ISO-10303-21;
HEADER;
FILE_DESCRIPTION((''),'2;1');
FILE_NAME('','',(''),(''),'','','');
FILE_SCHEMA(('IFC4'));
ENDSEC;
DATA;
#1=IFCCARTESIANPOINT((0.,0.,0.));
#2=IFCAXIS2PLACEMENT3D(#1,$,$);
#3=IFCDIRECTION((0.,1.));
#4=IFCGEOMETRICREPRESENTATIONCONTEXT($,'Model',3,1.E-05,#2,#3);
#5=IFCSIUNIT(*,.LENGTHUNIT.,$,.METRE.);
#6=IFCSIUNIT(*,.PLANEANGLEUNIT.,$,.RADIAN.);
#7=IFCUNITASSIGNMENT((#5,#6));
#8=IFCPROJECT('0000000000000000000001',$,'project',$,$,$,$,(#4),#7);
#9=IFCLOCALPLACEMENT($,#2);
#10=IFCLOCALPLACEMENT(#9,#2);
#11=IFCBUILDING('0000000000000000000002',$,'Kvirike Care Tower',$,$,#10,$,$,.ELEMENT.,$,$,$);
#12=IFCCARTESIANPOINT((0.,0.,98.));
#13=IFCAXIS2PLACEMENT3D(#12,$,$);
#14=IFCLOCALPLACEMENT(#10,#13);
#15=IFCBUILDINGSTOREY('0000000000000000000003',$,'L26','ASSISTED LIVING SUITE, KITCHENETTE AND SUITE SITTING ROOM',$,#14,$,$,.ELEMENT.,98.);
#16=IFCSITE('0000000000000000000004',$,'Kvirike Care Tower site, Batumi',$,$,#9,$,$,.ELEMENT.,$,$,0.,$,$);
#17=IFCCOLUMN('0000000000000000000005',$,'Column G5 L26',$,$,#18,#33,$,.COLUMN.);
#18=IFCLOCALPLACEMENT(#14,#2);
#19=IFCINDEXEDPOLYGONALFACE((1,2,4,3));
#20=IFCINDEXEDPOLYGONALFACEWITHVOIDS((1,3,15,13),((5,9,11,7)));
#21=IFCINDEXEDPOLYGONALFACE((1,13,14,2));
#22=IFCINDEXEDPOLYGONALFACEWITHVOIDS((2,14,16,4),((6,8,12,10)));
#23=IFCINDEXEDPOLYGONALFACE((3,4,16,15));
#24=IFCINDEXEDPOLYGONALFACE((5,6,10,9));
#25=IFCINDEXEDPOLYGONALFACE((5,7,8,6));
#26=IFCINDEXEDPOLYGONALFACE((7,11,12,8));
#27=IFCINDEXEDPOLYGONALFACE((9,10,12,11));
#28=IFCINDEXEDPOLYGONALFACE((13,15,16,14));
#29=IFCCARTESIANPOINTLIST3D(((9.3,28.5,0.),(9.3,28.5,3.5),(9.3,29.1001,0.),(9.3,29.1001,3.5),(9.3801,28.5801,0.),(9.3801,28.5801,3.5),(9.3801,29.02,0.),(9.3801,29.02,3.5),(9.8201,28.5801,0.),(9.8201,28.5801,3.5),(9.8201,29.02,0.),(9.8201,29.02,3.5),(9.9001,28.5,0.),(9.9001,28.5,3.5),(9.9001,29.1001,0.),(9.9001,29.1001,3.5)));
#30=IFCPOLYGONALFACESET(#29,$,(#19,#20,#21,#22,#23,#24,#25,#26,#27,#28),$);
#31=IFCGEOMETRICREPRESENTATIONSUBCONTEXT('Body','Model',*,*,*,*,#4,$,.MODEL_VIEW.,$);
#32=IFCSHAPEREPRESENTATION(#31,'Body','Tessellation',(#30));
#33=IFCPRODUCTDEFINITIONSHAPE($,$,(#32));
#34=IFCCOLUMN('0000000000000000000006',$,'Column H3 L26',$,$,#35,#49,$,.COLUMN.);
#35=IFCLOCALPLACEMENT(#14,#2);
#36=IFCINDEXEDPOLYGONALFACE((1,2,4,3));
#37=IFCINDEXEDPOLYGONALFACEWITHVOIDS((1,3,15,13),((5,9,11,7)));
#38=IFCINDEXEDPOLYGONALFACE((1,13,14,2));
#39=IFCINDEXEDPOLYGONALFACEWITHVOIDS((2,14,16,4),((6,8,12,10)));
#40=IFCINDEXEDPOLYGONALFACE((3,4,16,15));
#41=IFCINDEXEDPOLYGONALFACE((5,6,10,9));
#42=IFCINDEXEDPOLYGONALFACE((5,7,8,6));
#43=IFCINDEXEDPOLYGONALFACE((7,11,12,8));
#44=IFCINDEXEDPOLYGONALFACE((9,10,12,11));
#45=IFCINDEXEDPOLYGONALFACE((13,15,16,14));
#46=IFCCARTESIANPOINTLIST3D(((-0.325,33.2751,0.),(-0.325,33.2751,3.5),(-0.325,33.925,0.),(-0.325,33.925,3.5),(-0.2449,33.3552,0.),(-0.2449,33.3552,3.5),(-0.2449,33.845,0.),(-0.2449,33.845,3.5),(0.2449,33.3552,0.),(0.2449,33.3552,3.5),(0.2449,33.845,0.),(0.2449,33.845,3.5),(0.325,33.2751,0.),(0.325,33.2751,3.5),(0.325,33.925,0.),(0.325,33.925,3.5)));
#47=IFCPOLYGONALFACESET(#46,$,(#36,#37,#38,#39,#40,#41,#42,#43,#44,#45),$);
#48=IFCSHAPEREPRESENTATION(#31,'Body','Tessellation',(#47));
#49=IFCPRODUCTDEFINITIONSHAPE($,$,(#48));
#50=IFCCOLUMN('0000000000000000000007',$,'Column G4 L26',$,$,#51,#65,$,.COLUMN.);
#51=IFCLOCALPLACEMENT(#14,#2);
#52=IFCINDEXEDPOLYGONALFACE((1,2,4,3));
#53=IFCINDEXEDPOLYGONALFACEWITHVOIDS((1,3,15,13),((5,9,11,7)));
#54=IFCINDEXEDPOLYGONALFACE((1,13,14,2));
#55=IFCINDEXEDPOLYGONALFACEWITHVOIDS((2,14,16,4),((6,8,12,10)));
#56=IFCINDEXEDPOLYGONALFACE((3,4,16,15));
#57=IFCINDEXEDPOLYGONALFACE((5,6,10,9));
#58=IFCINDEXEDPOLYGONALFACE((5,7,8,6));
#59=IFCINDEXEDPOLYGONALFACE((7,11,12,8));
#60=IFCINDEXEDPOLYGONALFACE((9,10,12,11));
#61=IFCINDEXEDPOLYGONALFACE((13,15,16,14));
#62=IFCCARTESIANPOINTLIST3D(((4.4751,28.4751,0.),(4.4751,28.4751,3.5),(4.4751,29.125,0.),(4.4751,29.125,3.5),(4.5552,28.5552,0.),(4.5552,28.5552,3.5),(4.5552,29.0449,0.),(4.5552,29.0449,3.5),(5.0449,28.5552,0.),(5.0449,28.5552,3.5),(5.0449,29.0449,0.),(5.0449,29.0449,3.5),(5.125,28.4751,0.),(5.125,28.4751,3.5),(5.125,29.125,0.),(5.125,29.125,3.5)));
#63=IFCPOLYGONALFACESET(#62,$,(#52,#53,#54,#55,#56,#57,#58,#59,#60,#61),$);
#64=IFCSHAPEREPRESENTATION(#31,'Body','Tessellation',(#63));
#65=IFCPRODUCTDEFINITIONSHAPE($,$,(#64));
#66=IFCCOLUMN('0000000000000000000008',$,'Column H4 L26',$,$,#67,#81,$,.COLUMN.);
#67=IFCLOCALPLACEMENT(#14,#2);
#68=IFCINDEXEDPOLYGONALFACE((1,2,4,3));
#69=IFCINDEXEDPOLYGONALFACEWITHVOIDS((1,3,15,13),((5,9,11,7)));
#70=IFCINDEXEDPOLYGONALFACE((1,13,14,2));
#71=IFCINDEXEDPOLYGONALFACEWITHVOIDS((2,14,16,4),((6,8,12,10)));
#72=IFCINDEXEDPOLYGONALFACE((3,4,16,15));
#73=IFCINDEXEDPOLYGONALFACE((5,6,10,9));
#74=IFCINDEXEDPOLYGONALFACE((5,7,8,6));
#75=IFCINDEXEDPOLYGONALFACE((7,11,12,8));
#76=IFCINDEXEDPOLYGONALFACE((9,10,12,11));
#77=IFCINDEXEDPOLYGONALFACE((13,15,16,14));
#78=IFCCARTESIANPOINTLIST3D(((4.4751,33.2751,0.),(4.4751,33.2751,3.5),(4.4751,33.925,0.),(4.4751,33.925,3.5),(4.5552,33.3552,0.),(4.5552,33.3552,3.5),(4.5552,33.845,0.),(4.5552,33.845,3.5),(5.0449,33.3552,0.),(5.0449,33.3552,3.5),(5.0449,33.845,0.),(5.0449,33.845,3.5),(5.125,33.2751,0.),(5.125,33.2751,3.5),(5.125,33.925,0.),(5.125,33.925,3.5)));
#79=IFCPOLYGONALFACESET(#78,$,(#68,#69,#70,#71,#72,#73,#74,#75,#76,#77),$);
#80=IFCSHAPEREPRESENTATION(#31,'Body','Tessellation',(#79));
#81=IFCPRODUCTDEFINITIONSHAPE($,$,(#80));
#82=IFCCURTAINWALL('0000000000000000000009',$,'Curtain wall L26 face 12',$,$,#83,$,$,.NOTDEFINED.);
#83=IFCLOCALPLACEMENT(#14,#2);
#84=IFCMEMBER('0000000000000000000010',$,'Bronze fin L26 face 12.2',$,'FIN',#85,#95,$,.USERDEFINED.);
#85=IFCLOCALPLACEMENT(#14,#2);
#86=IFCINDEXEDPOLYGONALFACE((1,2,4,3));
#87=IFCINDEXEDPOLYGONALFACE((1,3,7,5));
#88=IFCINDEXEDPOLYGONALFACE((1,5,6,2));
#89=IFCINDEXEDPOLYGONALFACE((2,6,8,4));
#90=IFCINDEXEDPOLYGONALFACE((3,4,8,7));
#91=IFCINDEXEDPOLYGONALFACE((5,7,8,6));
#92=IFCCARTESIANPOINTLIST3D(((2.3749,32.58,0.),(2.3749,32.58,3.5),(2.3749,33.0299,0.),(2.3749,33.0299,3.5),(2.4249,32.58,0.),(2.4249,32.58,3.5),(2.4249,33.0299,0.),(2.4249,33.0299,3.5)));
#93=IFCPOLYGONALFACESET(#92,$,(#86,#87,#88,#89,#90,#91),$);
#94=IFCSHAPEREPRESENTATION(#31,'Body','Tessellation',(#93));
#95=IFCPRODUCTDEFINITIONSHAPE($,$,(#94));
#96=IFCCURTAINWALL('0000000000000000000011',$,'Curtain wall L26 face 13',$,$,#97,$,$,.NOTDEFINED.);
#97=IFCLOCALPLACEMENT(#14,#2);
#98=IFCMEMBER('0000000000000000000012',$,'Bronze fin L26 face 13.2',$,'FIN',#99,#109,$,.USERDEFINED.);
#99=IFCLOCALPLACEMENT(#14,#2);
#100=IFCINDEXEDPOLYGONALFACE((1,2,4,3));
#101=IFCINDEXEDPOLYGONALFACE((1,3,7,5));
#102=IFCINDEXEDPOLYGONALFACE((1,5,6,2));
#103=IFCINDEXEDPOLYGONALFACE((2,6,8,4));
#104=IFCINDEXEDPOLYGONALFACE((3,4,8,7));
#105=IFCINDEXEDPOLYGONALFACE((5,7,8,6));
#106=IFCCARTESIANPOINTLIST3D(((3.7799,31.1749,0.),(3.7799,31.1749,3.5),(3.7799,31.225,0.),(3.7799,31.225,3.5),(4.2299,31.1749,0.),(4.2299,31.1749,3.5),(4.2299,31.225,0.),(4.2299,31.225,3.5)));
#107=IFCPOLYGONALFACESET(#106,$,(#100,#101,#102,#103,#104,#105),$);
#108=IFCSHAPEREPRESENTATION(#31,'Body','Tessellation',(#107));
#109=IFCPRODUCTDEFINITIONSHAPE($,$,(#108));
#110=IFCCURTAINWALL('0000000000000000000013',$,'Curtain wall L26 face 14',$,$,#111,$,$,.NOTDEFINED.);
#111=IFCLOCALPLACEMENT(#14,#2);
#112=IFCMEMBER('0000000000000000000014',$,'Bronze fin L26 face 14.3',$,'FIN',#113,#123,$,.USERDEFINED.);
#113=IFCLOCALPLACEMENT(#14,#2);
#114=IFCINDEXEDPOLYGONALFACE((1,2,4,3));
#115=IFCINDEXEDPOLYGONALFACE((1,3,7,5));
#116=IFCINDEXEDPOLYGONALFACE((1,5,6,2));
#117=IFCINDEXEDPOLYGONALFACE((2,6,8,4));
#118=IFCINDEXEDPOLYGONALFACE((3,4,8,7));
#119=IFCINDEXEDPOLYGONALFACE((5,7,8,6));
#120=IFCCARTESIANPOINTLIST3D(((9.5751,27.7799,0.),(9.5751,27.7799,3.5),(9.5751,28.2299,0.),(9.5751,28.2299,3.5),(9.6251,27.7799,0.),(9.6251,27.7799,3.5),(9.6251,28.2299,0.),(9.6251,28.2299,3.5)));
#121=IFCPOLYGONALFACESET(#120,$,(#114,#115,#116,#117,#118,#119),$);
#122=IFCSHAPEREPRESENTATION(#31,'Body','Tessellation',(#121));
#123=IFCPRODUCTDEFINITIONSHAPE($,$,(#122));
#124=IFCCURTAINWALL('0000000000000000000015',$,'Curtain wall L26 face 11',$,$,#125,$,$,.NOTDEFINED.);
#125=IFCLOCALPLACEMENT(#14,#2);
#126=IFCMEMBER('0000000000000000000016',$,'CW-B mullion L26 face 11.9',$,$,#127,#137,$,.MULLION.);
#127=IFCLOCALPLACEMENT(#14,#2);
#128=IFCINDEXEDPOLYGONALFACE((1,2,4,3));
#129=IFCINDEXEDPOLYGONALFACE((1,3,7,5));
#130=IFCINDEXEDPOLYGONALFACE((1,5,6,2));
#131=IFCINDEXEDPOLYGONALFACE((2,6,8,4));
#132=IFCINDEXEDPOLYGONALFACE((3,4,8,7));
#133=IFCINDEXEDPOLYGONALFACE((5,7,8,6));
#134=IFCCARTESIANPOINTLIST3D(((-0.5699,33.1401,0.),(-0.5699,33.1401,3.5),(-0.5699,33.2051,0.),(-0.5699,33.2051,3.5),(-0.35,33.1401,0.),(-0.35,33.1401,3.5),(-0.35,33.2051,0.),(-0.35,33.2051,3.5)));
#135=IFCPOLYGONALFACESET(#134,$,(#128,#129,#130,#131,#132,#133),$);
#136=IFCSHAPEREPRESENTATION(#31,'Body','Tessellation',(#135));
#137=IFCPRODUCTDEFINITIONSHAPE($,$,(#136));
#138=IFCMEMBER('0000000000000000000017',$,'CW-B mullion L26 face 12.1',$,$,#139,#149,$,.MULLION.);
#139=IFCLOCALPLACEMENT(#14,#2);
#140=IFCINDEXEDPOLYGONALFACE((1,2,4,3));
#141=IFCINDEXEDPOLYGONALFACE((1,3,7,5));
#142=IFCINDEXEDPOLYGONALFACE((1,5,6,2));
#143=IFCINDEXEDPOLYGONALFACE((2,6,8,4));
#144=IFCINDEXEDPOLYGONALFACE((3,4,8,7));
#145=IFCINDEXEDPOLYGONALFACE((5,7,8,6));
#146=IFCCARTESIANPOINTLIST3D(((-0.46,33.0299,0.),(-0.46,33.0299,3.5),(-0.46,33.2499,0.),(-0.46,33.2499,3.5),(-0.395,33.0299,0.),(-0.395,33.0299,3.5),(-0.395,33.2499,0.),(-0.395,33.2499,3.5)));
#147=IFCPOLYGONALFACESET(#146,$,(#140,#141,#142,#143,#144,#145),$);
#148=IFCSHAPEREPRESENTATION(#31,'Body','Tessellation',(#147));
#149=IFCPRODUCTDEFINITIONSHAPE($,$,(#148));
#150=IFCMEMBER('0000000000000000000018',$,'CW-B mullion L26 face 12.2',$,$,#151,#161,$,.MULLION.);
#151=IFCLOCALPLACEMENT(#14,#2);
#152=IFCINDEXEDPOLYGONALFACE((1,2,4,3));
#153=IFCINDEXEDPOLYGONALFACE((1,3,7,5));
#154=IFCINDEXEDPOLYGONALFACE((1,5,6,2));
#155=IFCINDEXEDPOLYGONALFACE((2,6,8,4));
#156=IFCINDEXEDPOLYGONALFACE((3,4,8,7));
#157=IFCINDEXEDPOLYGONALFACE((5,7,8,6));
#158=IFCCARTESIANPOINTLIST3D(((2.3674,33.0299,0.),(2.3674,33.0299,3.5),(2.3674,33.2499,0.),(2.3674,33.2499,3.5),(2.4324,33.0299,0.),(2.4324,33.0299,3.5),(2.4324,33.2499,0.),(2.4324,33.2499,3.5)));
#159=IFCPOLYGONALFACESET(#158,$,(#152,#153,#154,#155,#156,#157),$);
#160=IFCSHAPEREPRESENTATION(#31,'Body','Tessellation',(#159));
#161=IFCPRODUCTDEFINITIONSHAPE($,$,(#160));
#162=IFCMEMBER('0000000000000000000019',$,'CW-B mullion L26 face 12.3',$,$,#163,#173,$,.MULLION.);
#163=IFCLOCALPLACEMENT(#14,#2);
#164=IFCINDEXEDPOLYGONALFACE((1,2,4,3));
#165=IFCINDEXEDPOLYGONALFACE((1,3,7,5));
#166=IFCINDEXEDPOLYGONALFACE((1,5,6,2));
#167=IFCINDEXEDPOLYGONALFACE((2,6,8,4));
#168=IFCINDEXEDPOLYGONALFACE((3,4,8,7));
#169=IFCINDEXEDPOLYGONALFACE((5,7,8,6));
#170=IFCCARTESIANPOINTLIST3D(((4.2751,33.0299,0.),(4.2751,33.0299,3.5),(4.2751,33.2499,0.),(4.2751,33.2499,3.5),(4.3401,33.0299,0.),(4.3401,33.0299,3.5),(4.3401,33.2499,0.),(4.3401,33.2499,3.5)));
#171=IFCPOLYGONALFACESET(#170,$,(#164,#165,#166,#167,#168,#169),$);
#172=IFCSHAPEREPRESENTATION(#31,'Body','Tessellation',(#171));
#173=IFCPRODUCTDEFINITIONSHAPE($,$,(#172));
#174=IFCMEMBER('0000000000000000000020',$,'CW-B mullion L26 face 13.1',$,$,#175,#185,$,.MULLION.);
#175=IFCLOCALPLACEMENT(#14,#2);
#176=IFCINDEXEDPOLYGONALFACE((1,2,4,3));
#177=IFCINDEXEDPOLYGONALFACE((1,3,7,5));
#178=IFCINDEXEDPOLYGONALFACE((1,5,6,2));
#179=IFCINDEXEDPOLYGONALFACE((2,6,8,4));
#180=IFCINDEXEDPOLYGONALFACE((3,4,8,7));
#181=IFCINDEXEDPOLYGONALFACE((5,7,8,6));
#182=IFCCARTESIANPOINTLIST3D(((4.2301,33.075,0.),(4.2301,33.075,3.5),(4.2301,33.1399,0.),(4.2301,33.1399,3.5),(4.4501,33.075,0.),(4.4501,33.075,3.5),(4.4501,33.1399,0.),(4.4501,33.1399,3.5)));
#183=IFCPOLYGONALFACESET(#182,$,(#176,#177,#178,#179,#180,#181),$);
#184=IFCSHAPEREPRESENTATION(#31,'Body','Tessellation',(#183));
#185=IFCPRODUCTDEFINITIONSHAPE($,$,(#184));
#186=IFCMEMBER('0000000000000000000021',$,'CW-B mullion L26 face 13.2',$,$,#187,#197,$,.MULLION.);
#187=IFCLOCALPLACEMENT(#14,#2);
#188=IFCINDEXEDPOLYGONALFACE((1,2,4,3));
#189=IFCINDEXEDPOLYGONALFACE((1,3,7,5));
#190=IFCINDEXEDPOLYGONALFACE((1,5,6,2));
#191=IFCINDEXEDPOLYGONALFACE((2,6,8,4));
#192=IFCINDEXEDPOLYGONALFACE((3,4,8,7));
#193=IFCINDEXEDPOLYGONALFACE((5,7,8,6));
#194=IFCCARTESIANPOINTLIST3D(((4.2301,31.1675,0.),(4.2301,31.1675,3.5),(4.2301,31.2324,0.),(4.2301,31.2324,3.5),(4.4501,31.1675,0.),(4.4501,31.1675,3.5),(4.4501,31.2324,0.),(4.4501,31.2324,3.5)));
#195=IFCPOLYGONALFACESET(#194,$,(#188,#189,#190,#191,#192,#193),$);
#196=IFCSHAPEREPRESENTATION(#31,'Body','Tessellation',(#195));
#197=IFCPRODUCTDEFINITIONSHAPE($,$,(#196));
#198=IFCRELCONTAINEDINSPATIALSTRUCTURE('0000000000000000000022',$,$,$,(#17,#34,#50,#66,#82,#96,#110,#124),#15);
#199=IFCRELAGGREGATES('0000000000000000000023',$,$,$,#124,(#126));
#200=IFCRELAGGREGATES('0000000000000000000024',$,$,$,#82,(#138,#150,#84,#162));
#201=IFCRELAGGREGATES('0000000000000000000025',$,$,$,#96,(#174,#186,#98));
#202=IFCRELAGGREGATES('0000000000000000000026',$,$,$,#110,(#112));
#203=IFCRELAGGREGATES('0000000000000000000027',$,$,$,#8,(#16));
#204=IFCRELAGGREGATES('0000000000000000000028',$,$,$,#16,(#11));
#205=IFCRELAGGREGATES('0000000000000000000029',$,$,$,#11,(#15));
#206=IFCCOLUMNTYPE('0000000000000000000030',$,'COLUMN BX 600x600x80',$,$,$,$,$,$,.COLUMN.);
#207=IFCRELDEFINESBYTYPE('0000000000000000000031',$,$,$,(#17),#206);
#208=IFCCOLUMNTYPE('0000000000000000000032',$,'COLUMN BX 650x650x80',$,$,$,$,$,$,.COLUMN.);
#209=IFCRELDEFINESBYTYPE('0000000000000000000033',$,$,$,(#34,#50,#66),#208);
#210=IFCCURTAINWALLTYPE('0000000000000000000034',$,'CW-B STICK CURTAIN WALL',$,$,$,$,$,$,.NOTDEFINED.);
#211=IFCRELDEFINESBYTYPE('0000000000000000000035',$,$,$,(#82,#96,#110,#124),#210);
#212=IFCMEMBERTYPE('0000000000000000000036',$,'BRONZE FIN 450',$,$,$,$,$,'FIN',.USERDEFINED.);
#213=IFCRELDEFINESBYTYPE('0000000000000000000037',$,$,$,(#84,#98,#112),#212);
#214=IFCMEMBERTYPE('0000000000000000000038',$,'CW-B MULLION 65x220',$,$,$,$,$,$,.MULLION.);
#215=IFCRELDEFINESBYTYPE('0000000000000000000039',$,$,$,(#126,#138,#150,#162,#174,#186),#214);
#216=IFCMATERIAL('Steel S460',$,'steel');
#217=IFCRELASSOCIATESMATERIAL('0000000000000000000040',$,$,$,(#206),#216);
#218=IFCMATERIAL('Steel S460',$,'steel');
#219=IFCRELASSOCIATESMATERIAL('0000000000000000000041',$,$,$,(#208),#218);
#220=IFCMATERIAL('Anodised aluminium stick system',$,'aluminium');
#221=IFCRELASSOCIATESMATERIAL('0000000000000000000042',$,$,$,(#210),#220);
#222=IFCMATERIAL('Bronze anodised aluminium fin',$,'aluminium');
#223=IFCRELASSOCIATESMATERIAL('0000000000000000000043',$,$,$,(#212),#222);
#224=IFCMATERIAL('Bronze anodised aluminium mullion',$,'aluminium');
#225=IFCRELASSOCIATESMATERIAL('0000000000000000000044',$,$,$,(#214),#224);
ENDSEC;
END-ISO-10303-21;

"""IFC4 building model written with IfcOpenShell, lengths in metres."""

from ifc_helpers import new_model, si_unit, direction, frame, origin, origin_2d, place, context, subcontext, project, spatial, rectangle, hollow_rectangle, extrude, material, material_profile, profile_set, type_object, element, aggregate, save


model = new_model("IFC4")

# Units and contexts
model_context = context("Model", 3, precision=1e-05, world=origin(), true_north=direction((0.0, 1.0)))
body_context = subcontext(model_context, "Body", "Model", "MODEL_VIEW")
ifc_project = project(units=[si_unit("LENGTHUNIT", "METRE"), si_unit("PLANEANGLEUNIT", "RADIAN")], contexts=[model_context])

# Site, building, storey
site_placement = place(None, origin())
site = spatial("IfcSite", under=ifc_project, at=site_placement, Name="Kvirike Care Tower site, Batumi", CompositionType="ELEMENT", RefElevation=0.0)
building_placement = place(site_placement, origin())
building = spatial("IfcBuilding", under=site, at=building_placement, Name="Kvirike Care Tower", CompositionType="ELEMENT")
storey_placement = place(building_placement, frame((0.0, 0.0, 98.0)))
storey = spatial("IfcBuildingStorey", under=building, at=storey_placement, Name="L26", Description="ASSISTED LIVING SUITE, KITCHENETTE AND SUITE SITTING ROOM", CompositionType="ELEMENT", Elevation=98.0)

# Columns
ifc_material_1 = material(Name="Steel S460", Category="steel")
ifc_material_profile_1 = material_profile(ifc_material_1, hollow_rectangle(XDim=0.6001, YDim=0.6001, WallThickness=0.0801, at=origin_2d()), Name="BX 600x600x80")
ifc_profile_set_1 = profile_set([ifc_material_profile_1], Name="Steel S460")
column_type_1 = type_object("IfcColumnType", Name="COLUMN BX 600x600x80", PredefinedType="COLUMN", material=ifc_profile_set_1)
column_placement = place(storey_placement, frame((9.6001, 28.8, 0.0), z_axis=(0.0, 0.0, 1.0), x_axis=(0.0, 1.0, 0.0)))
element("IfcColumn", 1, at=column_placement, inside=storey, type_object=column_type_1, Name="Column G5 L26", PredefinedType="COLUMN", context=body_context, shape_type="SweptSolid", body=[
    extrude(hollow_rectangle(XDim=0.6001, YDim=0.6001, WallThickness=0.0801, at=origin_2d()), origin(), (0.0, 0.0, 1.0), 3.5),
])
ifc_material_2 = material(Name="Steel S460", Category="steel")
ifc_material_profile_2 = material_profile(ifc_material_2, hollow_rectangle(XDim=0.6499, YDim=0.6499, WallThickness=0.0801, at=origin_2d()), Name="BX 650x650x80")
ifc_profile_set_2 = profile_set([ifc_material_profile_2], Name="Steel S460")
column_type_2 = type_object("IfcColumnType", Name="COLUMN BX 650x650x80", PredefinedType="COLUMN", material=ifc_profile_set_2)
for number, where, z_axis, x_axis, name in (
    (2, (0.0, 33.6001, 0.0), (0.0, 0.0, 1.0), (0.0, 1.0, 0.0), "Column H3 L26"),
    (3, (4.8, 28.8, 0.0), (0.0, 0.0, 1.0), (0.0, 1.0, 0.0), "Column G4 L26"),
    (4, (4.8, 33.6001, 0.0), (0.0, 0.0, 1.0), (0.0, 1.0, 0.0), "Column H4 L26"),
):
    element("IfcColumn", number, at=place(storey_placement, frame(where, z_axis=z_axis, x_axis=x_axis)), inside=storey, type_object=column_type_2, Name=name, PredefinedType="COLUMN", context=body_context, shape_type="SweptSolid", body=[
        extrude(hollow_rectangle(XDim=0.6499, YDim=0.6499, WallThickness=0.0801, at=origin_2d()), origin(), (0.0, 0.0, 1.0), 3.5),
    ])

# Curtain walls, members
ifc_material_3 = material(Name="Anodised aluminium stick system", Category="aluminium")
curtain_wall_type = type_object("IfcCurtainWallType", Name="CW-B STICK CURTAIN WALL", PredefinedType="NOTDEFINED", material=ifc_material_3)
curtain_wall_1_placement = place(storey_placement, origin())
curtain_wall_1 = element("IfcCurtainWall", 5, at=curtain_wall_1_placement, inside=storey, type_object=curtain_wall_type, Name="Curtain wall L26 face 12", PredefinedType="NOTDEFINED")
ifc_material_4 = material(Name="Bronze anodised aluminium fin", Category="aluminium")
ifc_material_profile_3 = material_profile(ifc_material_4, rectangle(XDim=0.05, YDim=0.45, at=origin_2d()), Name="BRONZE FIN 450")
ifc_profile_set_3 = profile_set([ifc_material_profile_3], Name="Bronze anodised aluminium fin")
member_type_1 = type_object("IfcMemberType", Name="BRONZE FIN 450", ElementType="FIN", PredefinedType="USERDEFINED", material=ifc_profile_set_3)
member_1_placement = place(storey_placement, frame((2.3999, 32.8049, 0.0), z_axis=(0.0, 0.0, 1.0), x_axis=(1.0, 0.0, 0.0)))
member_1 = element("IfcMember", 6, at=member_1_placement, type_object=member_type_1, Name="Bronze fin L26 face 12.2", ObjectType="FIN", PredefinedType="USERDEFINED", context=body_context, shape_type="SweptSolid", body=[
    extrude(rectangle(XDim=0.05, YDim=0.45, at=origin_2d()), origin(), (0.0, 0.0, 1.0), 3.5),
])
curtain_wall_2_placement = place(storey_placement, origin())
curtain_wall_2 = element("IfcCurtainWall", 7, at=curtain_wall_2_placement, inside=storey, type_object=curtain_wall_type, Name="Curtain wall L26 face 13", PredefinedType="NOTDEFINED")
member_2_placement = place(storey_placement, frame((4.0049, 31.2, 0.0), z_axis=(0.0, 0.0, 1.0), x_axis=(0.0, -1.0, 0.0)))
member_2 = element("IfcMember", 8, at=member_2_placement, type_object=member_type_1, Name="Bronze fin L26 face 13.2", ObjectType="FIN", PredefinedType="USERDEFINED", context=body_context, shape_type="SweptSolid", body=[
    extrude(rectangle(XDim=0.05, YDim=0.45, at=origin_2d()), origin(), (0.0, 0.0, 1.0), 3.5),
])
curtain_wall_3_placement = place(storey_placement, origin())
curtain_wall_3 = element("IfcCurtainWall", 9, at=curtain_wall_3_placement, inside=storey, type_object=curtain_wall_type, Name="Curtain wall L26 face 14", PredefinedType="NOTDEFINED")
member_3_placement = place(storey_placement, frame((9.6001, 28.0049, 0.0), z_axis=(0.0, 0.0, 1.0), x_axis=(1.0, 0.0, 0.0)))
member_3 = element("IfcMember", 10, at=member_3_placement, type_object=member_type_1, Name="Bronze fin L26 face 14.3", ObjectType="FIN", PredefinedType="USERDEFINED", context=body_context, shape_type="SweptSolid", body=[
    extrude(rectangle(XDim=0.05, YDim=0.45, at=origin_2d()), origin(), (0.0, 0.0, 1.0), 3.5),
])
curtain_wall_4_placement = place(storey_placement, origin())
curtain_wall_4 = element("IfcCurtainWall", 11, at=curtain_wall_4_placement, inside=storey, type_object=curtain_wall_type, Name="Curtain wall L26 face 11", PredefinedType="NOTDEFINED")
ifc_material_5 = material(Name="Bronze anodised aluminium mullion", Category="aluminium")
ifc_material_profile_4 = material_profile(ifc_material_5, rectangle(XDim=0.0649, YDim=0.22, at=origin_2d()), Name="CW-B MULLION 65x220")
ifc_profile_set_4 = profile_set([ifc_material_profile_4], Name="Bronze anodised aluminium mullion")
member_type_2 = type_object("IfcMemberType", Name="CW-B MULLION 65x220", PredefinedType="MULLION", material=ifc_profile_set_4)
member_4_placement = place(storey_placement, frame((-0.46, 33.1726, 0.0), z_axis=(0.0, 0.0, 1.0), x_axis=(0.0, -1.0, 0.0)))
member_4 = element("IfcMember", 12, at=member_4_placement, type_object=member_type_2, Name="CW-B mullion L26 face 11.9", PredefinedType="MULLION", context=body_context, shape_type="SweptSolid", body=[
    extrude(rectangle(XDim=0.0649, YDim=0.22, at=origin_2d()), origin(), (0.0, 0.0, 1.0), 3.5),
])
aggregate(curtain_wall_4, [member_4])

# Members
member_5_placement = place(storey_placement, frame((-0.4275, 33.1399, 0.0), z_axis=(0.0, 0.0, 1.0), x_axis=(1.0, 0.0, 0.0)))
member_5 = element("IfcMember", 13, at=member_5_placement, type_object=member_type_2, Name="CW-B mullion L26 face 12.1", PredefinedType="MULLION", context=body_context, shape_type="SweptSolid", body=[
    extrude(rectangle(XDim=0.0649, YDim=0.22, at=origin_2d()), origin(), (0.0, 0.0, 1.0), 3.5),
])
member_6_placement = place(storey_placement, frame((2.3999, 33.1399, 0.0), z_axis=(0.0, 0.0, 1.0), x_axis=(1.0, 0.0, 0.0)))
member_6 = element("IfcMember", 14, at=member_6_placement, type_object=member_type_2, Name="CW-B mullion L26 face 12.2", PredefinedType="MULLION", context=body_context, shape_type="SweptSolid", body=[
    extrude(rectangle(XDim=0.0649, YDim=0.22, at=origin_2d()), origin(), (0.0, 0.0, 1.0), 3.5),
])
member_7_placement = place(storey_placement, frame((4.3076, 33.1399, 0.0), z_axis=(0.0, 0.0, 1.0), x_axis=(1.0, 0.0, 0.0)))
member_7 = element("IfcMember", 15, at=member_7_placement, type_object=member_type_2, Name="CW-B mullion L26 face 12.3", PredefinedType="MULLION", context=body_context, shape_type="SweptSolid", body=[
    extrude(rectangle(XDim=0.0649, YDim=0.22, at=origin_2d()), origin(), (0.0, 0.0, 1.0), 3.5),
])
member_8_placement = place(storey_placement, frame((4.3401, 33.1074, 0.0), z_axis=(0.0, 0.0, 1.0), x_axis=(0.0, -1.0, 0.0)))
member_8 = element("IfcMember", 16, at=member_8_placement, type_object=member_type_2, Name="CW-B mullion L26 face 13.1", PredefinedType="MULLION", context=body_context, shape_type="SweptSolid", body=[
    extrude(rectangle(XDim=0.0649, YDim=0.22, at=origin_2d()), origin(), (0.0, 0.0, 1.0), 3.5),
])
member_9_placement = place(storey_placement, frame((4.3401, 31.2, 0.0), z_axis=(0.0, 0.0, 1.0), x_axis=(0.0, -1.0, 0.0)))
member_9 = element("IfcMember", 17, at=member_9_placement, type_object=member_type_2, Name="CW-B mullion L26 face 13.2", PredefinedType="MULLION", context=body_context, shape_type="SweptSolid", body=[
    extrude(rectangle(XDim=0.0649, YDim=0.22, at=origin_2d()), origin(), (0.0, 0.0, 1.0), 3.5),
])

aggregate(curtain_wall_1, [member_5, member_6, member_1, member_7])
aggregate(curtain_wall_2, [member_8, member_9, member_2])
aggregate(curtain_wall_3, [member_3])

save(model, "model.ifc")
